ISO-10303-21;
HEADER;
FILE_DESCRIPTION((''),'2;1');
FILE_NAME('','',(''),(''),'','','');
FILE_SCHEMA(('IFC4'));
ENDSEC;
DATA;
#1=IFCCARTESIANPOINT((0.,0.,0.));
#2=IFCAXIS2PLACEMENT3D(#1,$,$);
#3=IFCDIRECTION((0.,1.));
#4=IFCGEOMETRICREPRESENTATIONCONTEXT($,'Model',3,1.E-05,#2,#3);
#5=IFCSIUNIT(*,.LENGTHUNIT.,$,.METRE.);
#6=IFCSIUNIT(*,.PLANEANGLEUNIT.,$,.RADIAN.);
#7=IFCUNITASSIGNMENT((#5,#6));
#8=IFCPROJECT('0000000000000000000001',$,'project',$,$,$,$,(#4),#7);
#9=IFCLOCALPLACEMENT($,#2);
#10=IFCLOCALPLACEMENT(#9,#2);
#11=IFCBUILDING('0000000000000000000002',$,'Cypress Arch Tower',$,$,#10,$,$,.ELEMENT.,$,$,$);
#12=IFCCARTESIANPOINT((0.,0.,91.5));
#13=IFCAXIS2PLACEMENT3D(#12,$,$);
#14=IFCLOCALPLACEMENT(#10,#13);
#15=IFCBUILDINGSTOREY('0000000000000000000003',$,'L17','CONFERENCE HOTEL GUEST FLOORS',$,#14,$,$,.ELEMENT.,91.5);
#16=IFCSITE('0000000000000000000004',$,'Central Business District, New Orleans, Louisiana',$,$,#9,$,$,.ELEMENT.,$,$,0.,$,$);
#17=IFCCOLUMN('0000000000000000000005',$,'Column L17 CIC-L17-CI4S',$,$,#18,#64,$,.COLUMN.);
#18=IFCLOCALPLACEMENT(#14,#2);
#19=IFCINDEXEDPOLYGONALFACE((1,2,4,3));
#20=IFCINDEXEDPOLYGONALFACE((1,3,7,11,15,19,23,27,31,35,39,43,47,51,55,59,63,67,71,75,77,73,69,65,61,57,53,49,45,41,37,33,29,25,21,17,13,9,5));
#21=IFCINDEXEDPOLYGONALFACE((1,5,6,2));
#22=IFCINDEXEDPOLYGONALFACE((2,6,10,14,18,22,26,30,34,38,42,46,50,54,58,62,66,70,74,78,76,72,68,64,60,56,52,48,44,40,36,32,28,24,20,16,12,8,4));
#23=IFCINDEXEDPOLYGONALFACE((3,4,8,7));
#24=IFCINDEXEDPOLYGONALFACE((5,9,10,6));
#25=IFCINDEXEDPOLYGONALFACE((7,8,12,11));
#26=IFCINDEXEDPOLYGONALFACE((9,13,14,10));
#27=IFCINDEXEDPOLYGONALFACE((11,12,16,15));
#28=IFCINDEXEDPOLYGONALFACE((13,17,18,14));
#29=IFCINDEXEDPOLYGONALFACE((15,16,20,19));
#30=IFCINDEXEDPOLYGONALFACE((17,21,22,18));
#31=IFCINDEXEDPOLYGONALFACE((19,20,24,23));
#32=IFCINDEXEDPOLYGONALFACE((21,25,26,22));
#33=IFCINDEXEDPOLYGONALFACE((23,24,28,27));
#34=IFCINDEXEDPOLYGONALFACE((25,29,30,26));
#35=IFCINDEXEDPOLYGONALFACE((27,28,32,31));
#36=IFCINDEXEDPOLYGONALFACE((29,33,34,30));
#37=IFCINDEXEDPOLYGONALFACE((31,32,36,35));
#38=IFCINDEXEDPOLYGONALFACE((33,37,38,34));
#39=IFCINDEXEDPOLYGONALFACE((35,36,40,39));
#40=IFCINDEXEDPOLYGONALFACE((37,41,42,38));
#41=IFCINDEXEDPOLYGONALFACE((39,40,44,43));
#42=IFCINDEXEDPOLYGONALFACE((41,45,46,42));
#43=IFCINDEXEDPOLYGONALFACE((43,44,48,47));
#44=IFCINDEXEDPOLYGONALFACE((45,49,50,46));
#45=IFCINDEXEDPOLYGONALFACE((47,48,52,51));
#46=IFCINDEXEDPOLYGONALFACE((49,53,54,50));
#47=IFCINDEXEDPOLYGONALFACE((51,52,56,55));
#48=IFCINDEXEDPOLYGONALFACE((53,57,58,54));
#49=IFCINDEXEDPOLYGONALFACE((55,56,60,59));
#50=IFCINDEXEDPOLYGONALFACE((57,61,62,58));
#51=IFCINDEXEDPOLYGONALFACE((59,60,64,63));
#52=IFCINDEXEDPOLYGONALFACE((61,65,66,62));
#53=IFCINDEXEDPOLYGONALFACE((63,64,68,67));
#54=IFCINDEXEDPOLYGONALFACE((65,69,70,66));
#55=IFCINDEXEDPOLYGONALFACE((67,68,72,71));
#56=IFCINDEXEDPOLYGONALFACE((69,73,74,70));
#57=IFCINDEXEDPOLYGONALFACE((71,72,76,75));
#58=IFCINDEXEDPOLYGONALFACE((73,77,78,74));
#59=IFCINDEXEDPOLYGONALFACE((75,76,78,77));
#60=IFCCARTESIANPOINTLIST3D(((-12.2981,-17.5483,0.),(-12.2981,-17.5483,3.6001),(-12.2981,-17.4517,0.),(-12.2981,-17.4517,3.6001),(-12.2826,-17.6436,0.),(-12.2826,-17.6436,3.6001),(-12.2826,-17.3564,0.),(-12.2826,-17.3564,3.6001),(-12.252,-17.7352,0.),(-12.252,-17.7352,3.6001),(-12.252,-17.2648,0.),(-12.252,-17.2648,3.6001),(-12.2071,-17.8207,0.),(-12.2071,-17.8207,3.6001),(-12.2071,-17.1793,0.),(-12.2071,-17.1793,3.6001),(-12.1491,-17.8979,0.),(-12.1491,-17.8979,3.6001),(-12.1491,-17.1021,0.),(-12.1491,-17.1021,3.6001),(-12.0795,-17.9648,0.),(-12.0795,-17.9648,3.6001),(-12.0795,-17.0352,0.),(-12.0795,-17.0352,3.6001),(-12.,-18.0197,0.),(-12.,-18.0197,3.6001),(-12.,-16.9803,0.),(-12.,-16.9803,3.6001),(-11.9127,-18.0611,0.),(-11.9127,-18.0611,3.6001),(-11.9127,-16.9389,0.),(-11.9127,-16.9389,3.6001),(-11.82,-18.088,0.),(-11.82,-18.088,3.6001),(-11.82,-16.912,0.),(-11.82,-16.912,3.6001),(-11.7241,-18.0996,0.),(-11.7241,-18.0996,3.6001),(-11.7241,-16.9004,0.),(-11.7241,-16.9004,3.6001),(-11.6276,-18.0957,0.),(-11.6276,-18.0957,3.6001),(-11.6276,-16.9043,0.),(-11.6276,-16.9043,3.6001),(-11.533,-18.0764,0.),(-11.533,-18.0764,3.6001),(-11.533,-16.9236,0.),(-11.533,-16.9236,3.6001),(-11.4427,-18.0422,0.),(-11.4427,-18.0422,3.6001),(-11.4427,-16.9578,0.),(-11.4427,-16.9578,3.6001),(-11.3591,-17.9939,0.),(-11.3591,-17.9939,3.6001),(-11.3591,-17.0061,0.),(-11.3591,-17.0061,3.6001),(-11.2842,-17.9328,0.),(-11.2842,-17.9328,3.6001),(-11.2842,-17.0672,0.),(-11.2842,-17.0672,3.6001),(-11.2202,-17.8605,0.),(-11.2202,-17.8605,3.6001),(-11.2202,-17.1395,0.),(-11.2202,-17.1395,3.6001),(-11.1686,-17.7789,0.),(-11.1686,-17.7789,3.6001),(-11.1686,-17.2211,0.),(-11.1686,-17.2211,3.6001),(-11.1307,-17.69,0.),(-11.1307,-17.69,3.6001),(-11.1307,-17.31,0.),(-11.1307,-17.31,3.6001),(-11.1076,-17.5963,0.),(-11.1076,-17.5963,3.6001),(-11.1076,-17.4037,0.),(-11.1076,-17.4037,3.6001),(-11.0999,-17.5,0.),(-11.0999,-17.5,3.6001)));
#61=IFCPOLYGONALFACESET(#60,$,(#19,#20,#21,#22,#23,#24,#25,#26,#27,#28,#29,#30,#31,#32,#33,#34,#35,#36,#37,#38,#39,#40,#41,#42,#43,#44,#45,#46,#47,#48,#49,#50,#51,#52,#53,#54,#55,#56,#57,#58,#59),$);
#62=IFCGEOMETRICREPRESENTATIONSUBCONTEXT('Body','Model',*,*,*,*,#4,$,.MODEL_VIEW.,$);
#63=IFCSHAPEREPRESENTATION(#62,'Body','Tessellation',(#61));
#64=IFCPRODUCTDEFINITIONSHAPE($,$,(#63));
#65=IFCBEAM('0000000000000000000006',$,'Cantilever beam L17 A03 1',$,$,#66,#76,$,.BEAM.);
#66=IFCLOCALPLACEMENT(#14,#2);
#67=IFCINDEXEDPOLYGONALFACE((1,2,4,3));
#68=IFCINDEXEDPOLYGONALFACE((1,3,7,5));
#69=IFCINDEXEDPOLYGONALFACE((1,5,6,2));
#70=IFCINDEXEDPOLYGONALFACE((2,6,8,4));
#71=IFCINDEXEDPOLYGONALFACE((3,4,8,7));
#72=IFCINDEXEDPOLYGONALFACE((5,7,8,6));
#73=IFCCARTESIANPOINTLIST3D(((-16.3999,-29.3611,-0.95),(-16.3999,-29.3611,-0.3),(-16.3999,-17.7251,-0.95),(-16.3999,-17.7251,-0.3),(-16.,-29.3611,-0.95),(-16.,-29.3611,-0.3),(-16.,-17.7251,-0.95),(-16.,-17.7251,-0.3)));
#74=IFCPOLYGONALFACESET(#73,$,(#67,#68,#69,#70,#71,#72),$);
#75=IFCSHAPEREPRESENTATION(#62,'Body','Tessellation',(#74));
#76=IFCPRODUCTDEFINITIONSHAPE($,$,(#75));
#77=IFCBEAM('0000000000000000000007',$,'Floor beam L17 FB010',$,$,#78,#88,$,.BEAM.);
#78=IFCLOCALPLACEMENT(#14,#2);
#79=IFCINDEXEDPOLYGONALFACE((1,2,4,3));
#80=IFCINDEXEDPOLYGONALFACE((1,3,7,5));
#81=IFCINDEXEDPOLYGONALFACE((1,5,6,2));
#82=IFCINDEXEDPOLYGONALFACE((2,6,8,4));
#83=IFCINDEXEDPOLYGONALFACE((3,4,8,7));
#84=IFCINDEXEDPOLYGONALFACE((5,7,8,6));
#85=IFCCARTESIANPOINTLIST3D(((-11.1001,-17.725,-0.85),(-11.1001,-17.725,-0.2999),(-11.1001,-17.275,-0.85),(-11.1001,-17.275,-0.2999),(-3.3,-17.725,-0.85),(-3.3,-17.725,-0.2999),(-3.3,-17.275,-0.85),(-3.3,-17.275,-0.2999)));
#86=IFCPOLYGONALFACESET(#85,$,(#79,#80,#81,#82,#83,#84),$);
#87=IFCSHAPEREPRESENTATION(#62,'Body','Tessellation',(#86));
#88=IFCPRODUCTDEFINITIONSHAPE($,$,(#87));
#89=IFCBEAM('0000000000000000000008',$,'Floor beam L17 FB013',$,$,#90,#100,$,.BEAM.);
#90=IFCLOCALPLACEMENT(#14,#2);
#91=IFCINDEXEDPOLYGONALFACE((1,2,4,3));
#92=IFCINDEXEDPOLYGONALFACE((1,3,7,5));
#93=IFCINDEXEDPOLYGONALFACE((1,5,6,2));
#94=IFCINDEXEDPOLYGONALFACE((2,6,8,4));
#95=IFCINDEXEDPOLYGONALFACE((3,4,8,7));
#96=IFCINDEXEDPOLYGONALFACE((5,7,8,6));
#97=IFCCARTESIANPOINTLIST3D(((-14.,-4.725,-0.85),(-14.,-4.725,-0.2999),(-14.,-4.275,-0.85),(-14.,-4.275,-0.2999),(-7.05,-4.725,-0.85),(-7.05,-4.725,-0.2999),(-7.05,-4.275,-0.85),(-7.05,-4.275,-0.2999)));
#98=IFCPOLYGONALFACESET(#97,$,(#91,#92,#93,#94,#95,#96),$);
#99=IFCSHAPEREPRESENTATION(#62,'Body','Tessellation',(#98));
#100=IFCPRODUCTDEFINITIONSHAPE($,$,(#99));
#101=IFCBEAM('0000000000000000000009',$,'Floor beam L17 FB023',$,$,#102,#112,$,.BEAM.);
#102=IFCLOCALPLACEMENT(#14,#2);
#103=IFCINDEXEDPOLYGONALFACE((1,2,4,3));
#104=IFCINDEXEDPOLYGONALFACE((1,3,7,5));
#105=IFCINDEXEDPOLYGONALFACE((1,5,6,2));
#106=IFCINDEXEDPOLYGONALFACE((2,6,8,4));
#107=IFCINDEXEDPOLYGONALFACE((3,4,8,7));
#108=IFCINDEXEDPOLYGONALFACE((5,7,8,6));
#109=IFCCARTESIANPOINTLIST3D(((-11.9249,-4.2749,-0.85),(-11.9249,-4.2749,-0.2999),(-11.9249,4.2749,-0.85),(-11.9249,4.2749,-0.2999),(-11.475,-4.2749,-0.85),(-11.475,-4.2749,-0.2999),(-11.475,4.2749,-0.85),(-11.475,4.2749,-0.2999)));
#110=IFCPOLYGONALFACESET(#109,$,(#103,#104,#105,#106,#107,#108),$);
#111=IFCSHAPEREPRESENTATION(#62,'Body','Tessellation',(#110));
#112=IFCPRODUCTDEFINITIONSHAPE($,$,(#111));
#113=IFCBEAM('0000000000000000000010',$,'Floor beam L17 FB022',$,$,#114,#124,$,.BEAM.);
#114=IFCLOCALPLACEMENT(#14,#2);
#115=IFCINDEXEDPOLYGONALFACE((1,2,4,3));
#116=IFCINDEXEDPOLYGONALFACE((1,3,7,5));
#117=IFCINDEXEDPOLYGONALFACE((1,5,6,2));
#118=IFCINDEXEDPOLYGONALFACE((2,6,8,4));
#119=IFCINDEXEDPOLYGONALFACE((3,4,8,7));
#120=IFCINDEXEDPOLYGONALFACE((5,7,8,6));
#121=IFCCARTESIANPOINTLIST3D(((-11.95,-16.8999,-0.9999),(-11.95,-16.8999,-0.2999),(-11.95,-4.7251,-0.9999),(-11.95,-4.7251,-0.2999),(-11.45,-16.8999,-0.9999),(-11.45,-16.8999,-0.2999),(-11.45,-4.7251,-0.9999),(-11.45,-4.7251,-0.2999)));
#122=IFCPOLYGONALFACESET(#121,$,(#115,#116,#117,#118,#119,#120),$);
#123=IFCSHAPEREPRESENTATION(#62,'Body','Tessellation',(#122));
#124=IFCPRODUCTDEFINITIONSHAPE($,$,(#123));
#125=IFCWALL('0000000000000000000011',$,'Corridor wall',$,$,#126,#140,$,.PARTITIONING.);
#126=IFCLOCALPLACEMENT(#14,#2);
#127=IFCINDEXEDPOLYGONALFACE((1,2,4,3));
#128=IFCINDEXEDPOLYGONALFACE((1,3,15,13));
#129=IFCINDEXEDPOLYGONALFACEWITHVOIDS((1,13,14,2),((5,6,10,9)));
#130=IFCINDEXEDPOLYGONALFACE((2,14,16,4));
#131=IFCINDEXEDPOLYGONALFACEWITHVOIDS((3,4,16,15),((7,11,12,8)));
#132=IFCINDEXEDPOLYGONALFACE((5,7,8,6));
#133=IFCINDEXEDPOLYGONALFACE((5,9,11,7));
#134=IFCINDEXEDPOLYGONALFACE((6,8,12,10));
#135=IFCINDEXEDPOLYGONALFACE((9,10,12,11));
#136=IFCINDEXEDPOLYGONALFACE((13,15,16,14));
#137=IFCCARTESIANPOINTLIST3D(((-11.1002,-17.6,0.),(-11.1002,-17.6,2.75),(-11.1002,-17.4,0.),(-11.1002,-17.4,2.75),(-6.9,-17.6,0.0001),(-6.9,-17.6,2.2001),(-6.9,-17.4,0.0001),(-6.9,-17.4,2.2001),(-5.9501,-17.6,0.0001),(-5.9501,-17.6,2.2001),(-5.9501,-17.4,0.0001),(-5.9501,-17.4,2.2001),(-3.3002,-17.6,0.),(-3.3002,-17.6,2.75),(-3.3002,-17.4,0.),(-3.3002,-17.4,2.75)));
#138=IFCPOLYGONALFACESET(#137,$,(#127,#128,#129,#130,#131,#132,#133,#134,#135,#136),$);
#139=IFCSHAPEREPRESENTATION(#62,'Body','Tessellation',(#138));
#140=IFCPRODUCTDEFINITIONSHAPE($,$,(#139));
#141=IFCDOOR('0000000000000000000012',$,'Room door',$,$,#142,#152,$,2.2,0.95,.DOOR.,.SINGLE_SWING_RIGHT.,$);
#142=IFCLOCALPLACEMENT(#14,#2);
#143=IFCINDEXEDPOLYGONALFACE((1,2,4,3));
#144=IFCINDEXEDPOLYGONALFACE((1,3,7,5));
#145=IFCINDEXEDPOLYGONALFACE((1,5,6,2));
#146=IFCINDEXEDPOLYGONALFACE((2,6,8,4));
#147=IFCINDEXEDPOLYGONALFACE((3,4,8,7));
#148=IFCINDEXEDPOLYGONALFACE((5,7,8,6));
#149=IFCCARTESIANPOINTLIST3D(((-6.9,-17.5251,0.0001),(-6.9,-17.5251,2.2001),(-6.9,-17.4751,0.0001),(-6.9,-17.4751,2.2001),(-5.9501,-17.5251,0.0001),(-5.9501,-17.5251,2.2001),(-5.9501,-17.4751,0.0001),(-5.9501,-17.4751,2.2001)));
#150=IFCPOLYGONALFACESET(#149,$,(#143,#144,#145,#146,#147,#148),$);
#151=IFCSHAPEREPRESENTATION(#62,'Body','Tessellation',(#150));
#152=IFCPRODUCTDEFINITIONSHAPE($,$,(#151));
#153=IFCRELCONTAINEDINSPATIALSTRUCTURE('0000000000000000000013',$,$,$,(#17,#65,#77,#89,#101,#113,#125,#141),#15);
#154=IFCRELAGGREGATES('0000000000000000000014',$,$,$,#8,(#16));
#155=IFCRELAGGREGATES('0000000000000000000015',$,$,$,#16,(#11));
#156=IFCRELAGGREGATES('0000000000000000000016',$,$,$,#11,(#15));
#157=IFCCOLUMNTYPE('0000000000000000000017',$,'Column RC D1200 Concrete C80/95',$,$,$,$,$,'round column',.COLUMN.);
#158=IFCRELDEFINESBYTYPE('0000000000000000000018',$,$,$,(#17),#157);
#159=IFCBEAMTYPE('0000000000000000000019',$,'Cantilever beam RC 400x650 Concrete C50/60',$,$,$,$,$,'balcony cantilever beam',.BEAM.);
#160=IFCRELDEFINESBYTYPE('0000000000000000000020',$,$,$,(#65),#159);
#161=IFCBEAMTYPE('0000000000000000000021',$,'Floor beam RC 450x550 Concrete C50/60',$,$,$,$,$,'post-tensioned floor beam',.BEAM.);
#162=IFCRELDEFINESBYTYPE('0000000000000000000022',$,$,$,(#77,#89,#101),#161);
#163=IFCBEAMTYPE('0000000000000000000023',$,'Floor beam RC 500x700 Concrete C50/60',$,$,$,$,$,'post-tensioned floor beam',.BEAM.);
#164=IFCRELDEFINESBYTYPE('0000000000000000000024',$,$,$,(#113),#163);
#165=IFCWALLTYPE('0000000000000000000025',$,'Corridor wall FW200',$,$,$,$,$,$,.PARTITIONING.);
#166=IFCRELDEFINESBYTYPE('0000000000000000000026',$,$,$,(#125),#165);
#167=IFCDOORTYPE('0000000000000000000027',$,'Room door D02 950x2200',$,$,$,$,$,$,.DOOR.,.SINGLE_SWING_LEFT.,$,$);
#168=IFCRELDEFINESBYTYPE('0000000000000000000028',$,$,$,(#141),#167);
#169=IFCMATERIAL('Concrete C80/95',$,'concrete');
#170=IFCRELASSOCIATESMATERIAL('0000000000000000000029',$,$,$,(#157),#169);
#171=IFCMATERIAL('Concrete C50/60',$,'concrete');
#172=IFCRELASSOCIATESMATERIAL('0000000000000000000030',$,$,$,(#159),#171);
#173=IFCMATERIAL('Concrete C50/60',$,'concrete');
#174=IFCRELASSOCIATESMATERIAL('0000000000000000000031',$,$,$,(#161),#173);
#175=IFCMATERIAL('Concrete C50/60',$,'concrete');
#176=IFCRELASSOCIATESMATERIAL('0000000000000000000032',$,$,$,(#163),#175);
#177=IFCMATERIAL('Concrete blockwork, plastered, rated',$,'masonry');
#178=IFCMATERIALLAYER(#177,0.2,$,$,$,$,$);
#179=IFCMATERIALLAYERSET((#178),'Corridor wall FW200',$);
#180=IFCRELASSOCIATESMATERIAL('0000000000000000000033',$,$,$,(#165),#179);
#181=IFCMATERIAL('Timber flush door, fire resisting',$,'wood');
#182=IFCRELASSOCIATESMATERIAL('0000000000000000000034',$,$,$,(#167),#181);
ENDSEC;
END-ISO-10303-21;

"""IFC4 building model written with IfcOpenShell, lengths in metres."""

from ifc_helpers import new_model, si_unit, direction, frame, frame_2d, origin, origin_2d, place, context, subcontext, project, spatial, rectangle, circle, extrude, material, layer, layer_set, material_profile, profile_set, type_object, element, fill, save


model = new_model("IFC4")

# Units and contexts
model_context = context("Model", 3, precision=1e-05, world=origin(), true_north=direction((0.0, 1.0)))
body_context = subcontext(model_context, "Body", "Model", "MODEL_VIEW")
ifc_project = project(units=[si_unit("LENGTHUNIT", "METRE"), si_unit("PLANEANGLEUNIT", "RADIAN")], contexts=[model_context])

# Site, building, storey
site_placement = place(None, origin())
site = spatial("IfcSite", under=ifc_project, at=site_placement, Name="Central Business District, New Orleans, Louisiana", CompositionType="ELEMENT", RefElevation=0.0)
building_placement = place(site_placement, origin())
building = spatial("IfcBuilding", under=site, at=building_placement, Name="Cypress Arch Tower", CompositionType="ELEMENT")
storey_placement = place(building_placement, frame((0.0, 0.0, 91.5)))
storey = spatial("IfcBuildingStorey", under=building, at=storey_placement, Name="L17", Description="CONFERENCE HOTEL GUEST FLOORS", CompositionType="ELEMENT", Elevation=91.5)

# Column
ifc_material_1 = material(Name="Concrete C80/95", Category="concrete")
ifc_material_profile_1 = material_profile(ifc_material_1, circle(Radius=0.6001, at=origin_2d()), Name="RC D1200")
ifc_profile_set_1 = profile_set([ifc_material_profile_1], Name="Concrete C80/95")
column_type = type_object("IfcColumnType", Name="Column RC D1200 Concrete C80/95", ElementType="round column", PredefinedType="COLUMN", material=ifc_profile_set_1)
column_placement = place(storey_placement, frame((-11.7, -17.5, 0.0), z_axis=(0.0, 0.0, 1.0), x_axis=(1.0, 0.0, 0.0)))
element("IfcColumn", 1, at=column_placement, inside=storey, type_object=column_type, Name="Column L17 CIC-L17-CI4S", PredefinedType="COLUMN", context=body_context, shape_type="SweptSolid", body=[
    extrude(circle(Radius=0.6001, at=origin_2d()), origin(), (0.0, 0.0, 1.0), 3.6001),
])

# Beams
ifc_material_2 = material(Name="Concrete C50/60", Category="concrete")
ifc_material_profile_2 = material_profile(ifc_material_2, rectangle(XDim=0.3999, YDim=0.6499, at=origin_2d()), Name="RC 400x650")
ifc_profile_set_2 = profile_set([ifc_material_profile_2], Name="Concrete C50/60")
beam_type_1 = type_object("IfcBeamType", Name="Cantilever beam RC 400x650 Concrete C50/60", ElementType="balcony cantilever beam", PredefinedType="BEAM", material=ifc_profile_set_2)
beam_1_placement = place(storey_placement, frame((-16.2, -17.7251, -0.625), z_axis=(0.0, -1.0, 0.0), x_axis=(1.0, 0.0, 0.0)))
element("IfcBeam", 2, at=beam_1_placement, inside=storey, type_object=beam_type_1, Name="Cantilever beam L17 A03 1", PredefinedType="BEAM", context=body_context, shape_type="SweptSolid", body=[
    extrude(rectangle(XDim=0.3999, YDim=0.6499, at=origin_2d()), origin(), (0.0, 0.0, 1.0), 11.636),
])
ifc_material_3 = material(Name="Concrete C50/60", Category="concrete")
ifc_material_profile_3 = material_profile(ifc_material_3, rectangle(XDim=0.45, YDim=0.55, at=origin_2d()), Name="RC 450x550")
ifc_profile_set_3 = profile_set([ifc_material_profile_3], Name="Concrete C50/60")
beam_type_2 = type_object("IfcBeamType", Name="Floor beam RC 450x550 Concrete C50/60", ElementType="post-tensioned floor beam", PredefinedType="BEAM", material=ifc_profile_set_3)
beam_2_placement = place(storey_placement, frame((-11.1001, -17.5, -0.575), z_axis=(1.0, 0.0, 0.0), x_axis=(0.0, 1.0, 0.0)))
element("IfcBeam", 3, at=beam_2_placement, inside=storey, type_object=beam_type_2, Name="Floor beam L17 FB010", PredefinedType="BEAM", context=body_context, shape_type="SweptSolid", body=[
    extrude(rectangle(XDim=0.45, YDim=0.55, at=origin_2d()), origin(), (0.0, 0.0, 1.0), 7.8),
])
beam_3_placement = place(storey_placement, frame((-14.0, -4.5, -0.575), z_axis=(1.0, 0.0, 0.0), x_axis=(0.0, 1.0, 0.0)))
element("IfcBeam", 4, at=beam_3_placement, inside=storey, type_object=beam_type_2, Name="Floor beam L17 FB013", PredefinedType="BEAM", context=body_context, shape_type="SweptSolid", body=[
    extrude(rectangle(XDim=0.45, YDim=0.55, at=origin_2d()), origin(), (0.0, 0.0, 1.0), 6.95),
])
beam_4_placement = place(storey_placement, frame((-11.7, -4.2749, -0.575), z_axis=(0.0, 1.0, 0.0), x_axis=(-1.0, 0.0, 0.0)))
element("IfcBeam", 5, at=beam_4_placement, inside=storey, type_object=beam_type_2, Name="Floor beam L17 FB023", PredefinedType="BEAM", context=body_context, shape_type="SweptSolid", body=[
    extrude(rectangle(XDim=0.45, YDim=0.55, at=origin_2d()), origin(), (0.0, 0.0, 1.0), 8.5498),
])
ifc_material_4 = material(Name="Concrete C50/60", Category="concrete")
ifc_material_profile_4 = material_profile(ifc_material_4, rectangle(XDim=0.5, YDim=0.7, at=origin_2d()), Name="RC 500x700")
ifc_profile_set_4 = profile_set([ifc_material_profile_4], Name="Concrete C50/60")
beam_type_3 = type_object("IfcBeamType", Name="Floor beam RC 500x700 Concrete C50/60", ElementType="post-tensioned floor beam", PredefinedType="BEAM", material=ifc_profile_set_4)
beam_5_placement = place(storey_placement, frame((-11.7, -16.8999, -0.6499), z_axis=(0.0, 1.0, 0.0), x_axis=(-1.0, 0.0, 0.0)))
element("IfcBeam", 6, at=beam_5_placement, inside=storey, type_object=beam_type_3, Name="Floor beam L17 FB022", PredefinedType="BEAM", context=body_context, shape_type="SweptSolid", body=[
    extrude(rectangle(XDim=0.5, YDim=0.7, at=origin_2d()), origin(), (0.0, 0.0, 1.0), 12.1748),
])

# Wall, opening, door
ifc_material_5 = material(Name="Concrete blockwork, plastered, rated", Category="masonry")
ifc_layer_1 = layer(ifc_material_5, 0.2)
ifc_layer_set_1 = layer_set([ifc_layer_1], Name="Corridor wall FW200")
wall_type_1 = type_object("IfcWallType", Name="Corridor wall FW200", PredefinedType="PARTITIONING", material=ifc_layer_set_1)
wall_1_placement = place(storey_placement, frame((-11.1001, -17.5, 0.0), z_axis=(0.0, 0.0, 1.0), x_axis=(1.0, 0.0, 0.0)))
wall_1 = element("IfcWall", 7, at=wall_1_placement, inside=storey, type_object=wall_type_1, Name="Corridor wall", PredefinedType="PARTITIONING", context=body_context, shape_type="SweptSolid", body=[
    extrude(rectangle(XDim=7.8, YDim=0.2, at=frame_2d((3.8999, 0.0))), origin(), (0.0, 0.0, 1.0), 2.75),
])
opening_1_placement = place(wall_1_placement, frame((4.2, 0.0, 0.0)))
opening_1 = element("IfcOpeningElement", 8, at=opening_1_placement, cuts=wall_1, PredefinedType="OPENING", context=body_context, shape_type="SweptSolid", body=[
    extrude(rectangle(XDim=0.95, YDim=2.2, at=frame_2d((0.4751, 1.1001))), frame((0.0, 0.1099, 0.0), z_axis=(0.0, -1.0, 0.0), x_axis=(1.0, 0.0, 0.0)), (0.0, 0.0, 1.0), 0.22),
])
ifc_material_6 = material(Name="Timber flush door, fire resisting", Category="wood")
door_type_1 = type_object("IfcDoorType", Name="Room door D02 950x2200", OperationType="SINGLE_SWING_LEFT", PredefinedType="DOOR", material=ifc_material_6)
door_1_placement = place(opening_1_placement, origin())
door_1 = element("IfcDoor", 9, at=door_1_placement, inside=storey, type_object=door_type_1, Name="Room door", OperationType="SINGLE_SWING_RIGHT", OverallHeight=2.2, OverallWidth=0.95, PredefinedType="DOOR", context=body_context, shape_type="SweptSolid", body=[
    extrude(rectangle(XDim=0.95, YDim=2.2, at=frame_2d((0.4751, 1.1001))), frame((0.0, 0.0249, 0.0), z_axis=(0.0, -1.0, 0.0), x_axis=(1.0, 0.0, 0.0)), (0.0, 0.0, 1.0), 0.05),
])
fill(opening_1, door_1)

save(model, "model.ifc")
